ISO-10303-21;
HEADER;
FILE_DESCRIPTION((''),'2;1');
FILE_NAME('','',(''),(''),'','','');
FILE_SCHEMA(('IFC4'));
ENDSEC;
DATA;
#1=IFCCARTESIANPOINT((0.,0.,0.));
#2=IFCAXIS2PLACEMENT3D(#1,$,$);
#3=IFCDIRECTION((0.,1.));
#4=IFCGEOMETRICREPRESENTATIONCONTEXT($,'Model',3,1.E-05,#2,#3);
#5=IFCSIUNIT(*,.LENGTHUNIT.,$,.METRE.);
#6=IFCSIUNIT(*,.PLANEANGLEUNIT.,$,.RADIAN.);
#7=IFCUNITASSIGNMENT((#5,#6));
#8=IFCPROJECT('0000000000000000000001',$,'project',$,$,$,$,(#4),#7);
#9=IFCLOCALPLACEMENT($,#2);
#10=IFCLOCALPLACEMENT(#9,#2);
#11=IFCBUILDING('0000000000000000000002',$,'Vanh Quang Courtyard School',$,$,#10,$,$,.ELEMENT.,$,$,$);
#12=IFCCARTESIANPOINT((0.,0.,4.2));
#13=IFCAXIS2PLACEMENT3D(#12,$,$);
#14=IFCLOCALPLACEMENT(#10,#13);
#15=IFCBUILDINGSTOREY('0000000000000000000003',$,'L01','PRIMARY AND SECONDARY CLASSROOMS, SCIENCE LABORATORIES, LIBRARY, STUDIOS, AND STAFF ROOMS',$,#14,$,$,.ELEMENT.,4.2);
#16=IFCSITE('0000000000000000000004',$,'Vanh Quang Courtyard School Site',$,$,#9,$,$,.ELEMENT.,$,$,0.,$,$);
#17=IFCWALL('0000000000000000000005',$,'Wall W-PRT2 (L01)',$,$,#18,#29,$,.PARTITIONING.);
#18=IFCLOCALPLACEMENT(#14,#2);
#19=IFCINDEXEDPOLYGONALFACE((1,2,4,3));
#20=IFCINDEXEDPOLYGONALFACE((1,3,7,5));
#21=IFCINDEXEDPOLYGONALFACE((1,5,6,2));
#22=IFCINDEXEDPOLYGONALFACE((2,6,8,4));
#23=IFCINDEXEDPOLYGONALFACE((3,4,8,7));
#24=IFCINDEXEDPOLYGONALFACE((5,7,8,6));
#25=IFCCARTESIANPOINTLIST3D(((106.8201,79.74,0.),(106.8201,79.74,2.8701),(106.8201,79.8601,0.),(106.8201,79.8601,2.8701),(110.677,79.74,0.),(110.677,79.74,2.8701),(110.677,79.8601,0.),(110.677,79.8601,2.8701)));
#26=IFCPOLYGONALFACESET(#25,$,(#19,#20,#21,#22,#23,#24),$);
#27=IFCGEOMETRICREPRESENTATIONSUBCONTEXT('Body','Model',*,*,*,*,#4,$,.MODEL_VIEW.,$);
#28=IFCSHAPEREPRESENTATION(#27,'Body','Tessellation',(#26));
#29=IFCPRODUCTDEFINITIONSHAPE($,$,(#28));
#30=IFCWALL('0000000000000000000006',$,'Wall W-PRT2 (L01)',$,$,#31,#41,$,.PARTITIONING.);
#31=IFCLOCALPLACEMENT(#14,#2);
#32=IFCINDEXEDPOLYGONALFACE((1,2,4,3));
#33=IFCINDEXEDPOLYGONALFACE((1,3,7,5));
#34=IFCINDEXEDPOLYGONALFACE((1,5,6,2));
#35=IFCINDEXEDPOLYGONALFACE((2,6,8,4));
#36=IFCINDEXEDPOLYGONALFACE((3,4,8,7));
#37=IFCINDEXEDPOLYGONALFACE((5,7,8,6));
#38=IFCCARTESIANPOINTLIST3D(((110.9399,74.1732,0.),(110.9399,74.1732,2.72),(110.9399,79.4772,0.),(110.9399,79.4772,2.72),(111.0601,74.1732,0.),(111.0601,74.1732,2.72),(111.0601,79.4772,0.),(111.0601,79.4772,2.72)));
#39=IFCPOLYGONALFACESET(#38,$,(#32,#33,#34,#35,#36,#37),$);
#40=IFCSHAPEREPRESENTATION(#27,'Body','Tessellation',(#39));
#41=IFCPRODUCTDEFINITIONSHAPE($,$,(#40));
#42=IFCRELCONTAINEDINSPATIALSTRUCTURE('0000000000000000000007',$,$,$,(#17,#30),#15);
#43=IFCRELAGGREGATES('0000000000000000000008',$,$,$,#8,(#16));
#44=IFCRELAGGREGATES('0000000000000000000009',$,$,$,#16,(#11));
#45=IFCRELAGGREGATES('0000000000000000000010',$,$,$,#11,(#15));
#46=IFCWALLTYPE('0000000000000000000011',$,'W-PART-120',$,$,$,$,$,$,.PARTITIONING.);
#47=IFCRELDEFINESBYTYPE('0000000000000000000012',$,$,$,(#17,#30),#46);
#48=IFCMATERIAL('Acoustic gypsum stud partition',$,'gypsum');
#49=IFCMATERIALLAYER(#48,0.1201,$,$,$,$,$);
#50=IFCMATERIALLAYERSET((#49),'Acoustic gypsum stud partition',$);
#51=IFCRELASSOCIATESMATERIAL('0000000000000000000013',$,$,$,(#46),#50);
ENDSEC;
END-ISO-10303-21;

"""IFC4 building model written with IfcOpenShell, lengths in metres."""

from ifc_helpers import new_model, si_unit, direction, frame, frame_2d, origin, place, context, subcontext, project, spatial, rectangle, extrude, material, layer, layer_set, type_object, element, save


model = new_model("IFC4")

# Units and contexts
model_context = context("Model", 3, precision=1e-05, world=origin(), true_north=direction((0.0, 1.0)))
body_context = subcontext(model_context, "Body", "Model", "MODEL_VIEW")
ifc_project = project(units=[si_unit("LENGTHUNIT", "METRE"), si_unit("PLANEANGLEUNIT", "RADIAN")], contexts=[model_context])

# Site, building, storey
site_placement = place(None, origin())
site = spatial("IfcSite", under=ifc_project, at=site_placement, Name="Vanh Quang Courtyard School Site", CompositionType="ELEMENT", RefElevation=0.0)
building_placement = place(site_placement, origin())
building = spatial("IfcBuilding", under=site, at=building_placement, Name="Vanh Quang Courtyard School", CompositionType="ELEMENT")
storey_placement = place(building_placement, frame((0.0, 0.0, 4.2)))
storey = spatial("IfcBuildingStorey", under=building, at=storey_placement, Name="L01", Description="PRIMARY AND SECONDARY CLASSROOMS, SCIENCE LABORATORIES, LIBRARY, STUDIOS, AND STAFF ROOMS", CompositionType="ELEMENT", Elevation=4.2)

# Walls
ifc_material_1 = material(Name="Acoustic gypsum stud partition", Category="gypsum")
ifc_layer_1 = layer(ifc_material_1, 0.1201)
ifc_layer_set_1 = layer_set([ifc_layer_1], Name="Acoustic gypsum stud partition")
wall_type = type_object("IfcWallType", Name="W-PART-120", PredefinedType="PARTITIONING", material=ifc_layer_set_1)
wall_1_placement = place(storey_placement, frame((110.677, 79.8, 0.0), z_axis=(0.0, 0.0, 1.0), x_axis=(-1.0, 0.0, 0.0)))
element("IfcWall", 1, at=wall_1_placement, inside=storey, type_object=wall_type, Name="Wall W-PRT2 (L01)", PredefinedType="PARTITIONING", context=body_context, shape_type="SweptSolid", body=[
    extrude(rectangle(XDim=3.8569, YDim=0.1201, at=frame_2d((1.9285, 0.0))), origin(), (0.0, 0.0, 1.0), 2.8701),
])
wall_2_placement = place(storey_placement, frame((111.0, 79.4771, 0.0), z_axis=(0.0, 0.0, 1.0), x_axis=(0.0, -1.0, 0.0)))
element("IfcWall", 2, at=wall_2_placement, inside=storey, type_object=wall_type, Name="Wall W-PRT2 (L01)", PredefinedType="PARTITIONING", context=body_context, shape_type="SweptSolid", body=[
    extrude(rectangle(XDim=5.304, YDim=0.1201, at=frame_2d((2.6519, 0.0))), origin(), (0.0, 0.0, 1.0), 2.72),
])

save(model, "model.ifc")
